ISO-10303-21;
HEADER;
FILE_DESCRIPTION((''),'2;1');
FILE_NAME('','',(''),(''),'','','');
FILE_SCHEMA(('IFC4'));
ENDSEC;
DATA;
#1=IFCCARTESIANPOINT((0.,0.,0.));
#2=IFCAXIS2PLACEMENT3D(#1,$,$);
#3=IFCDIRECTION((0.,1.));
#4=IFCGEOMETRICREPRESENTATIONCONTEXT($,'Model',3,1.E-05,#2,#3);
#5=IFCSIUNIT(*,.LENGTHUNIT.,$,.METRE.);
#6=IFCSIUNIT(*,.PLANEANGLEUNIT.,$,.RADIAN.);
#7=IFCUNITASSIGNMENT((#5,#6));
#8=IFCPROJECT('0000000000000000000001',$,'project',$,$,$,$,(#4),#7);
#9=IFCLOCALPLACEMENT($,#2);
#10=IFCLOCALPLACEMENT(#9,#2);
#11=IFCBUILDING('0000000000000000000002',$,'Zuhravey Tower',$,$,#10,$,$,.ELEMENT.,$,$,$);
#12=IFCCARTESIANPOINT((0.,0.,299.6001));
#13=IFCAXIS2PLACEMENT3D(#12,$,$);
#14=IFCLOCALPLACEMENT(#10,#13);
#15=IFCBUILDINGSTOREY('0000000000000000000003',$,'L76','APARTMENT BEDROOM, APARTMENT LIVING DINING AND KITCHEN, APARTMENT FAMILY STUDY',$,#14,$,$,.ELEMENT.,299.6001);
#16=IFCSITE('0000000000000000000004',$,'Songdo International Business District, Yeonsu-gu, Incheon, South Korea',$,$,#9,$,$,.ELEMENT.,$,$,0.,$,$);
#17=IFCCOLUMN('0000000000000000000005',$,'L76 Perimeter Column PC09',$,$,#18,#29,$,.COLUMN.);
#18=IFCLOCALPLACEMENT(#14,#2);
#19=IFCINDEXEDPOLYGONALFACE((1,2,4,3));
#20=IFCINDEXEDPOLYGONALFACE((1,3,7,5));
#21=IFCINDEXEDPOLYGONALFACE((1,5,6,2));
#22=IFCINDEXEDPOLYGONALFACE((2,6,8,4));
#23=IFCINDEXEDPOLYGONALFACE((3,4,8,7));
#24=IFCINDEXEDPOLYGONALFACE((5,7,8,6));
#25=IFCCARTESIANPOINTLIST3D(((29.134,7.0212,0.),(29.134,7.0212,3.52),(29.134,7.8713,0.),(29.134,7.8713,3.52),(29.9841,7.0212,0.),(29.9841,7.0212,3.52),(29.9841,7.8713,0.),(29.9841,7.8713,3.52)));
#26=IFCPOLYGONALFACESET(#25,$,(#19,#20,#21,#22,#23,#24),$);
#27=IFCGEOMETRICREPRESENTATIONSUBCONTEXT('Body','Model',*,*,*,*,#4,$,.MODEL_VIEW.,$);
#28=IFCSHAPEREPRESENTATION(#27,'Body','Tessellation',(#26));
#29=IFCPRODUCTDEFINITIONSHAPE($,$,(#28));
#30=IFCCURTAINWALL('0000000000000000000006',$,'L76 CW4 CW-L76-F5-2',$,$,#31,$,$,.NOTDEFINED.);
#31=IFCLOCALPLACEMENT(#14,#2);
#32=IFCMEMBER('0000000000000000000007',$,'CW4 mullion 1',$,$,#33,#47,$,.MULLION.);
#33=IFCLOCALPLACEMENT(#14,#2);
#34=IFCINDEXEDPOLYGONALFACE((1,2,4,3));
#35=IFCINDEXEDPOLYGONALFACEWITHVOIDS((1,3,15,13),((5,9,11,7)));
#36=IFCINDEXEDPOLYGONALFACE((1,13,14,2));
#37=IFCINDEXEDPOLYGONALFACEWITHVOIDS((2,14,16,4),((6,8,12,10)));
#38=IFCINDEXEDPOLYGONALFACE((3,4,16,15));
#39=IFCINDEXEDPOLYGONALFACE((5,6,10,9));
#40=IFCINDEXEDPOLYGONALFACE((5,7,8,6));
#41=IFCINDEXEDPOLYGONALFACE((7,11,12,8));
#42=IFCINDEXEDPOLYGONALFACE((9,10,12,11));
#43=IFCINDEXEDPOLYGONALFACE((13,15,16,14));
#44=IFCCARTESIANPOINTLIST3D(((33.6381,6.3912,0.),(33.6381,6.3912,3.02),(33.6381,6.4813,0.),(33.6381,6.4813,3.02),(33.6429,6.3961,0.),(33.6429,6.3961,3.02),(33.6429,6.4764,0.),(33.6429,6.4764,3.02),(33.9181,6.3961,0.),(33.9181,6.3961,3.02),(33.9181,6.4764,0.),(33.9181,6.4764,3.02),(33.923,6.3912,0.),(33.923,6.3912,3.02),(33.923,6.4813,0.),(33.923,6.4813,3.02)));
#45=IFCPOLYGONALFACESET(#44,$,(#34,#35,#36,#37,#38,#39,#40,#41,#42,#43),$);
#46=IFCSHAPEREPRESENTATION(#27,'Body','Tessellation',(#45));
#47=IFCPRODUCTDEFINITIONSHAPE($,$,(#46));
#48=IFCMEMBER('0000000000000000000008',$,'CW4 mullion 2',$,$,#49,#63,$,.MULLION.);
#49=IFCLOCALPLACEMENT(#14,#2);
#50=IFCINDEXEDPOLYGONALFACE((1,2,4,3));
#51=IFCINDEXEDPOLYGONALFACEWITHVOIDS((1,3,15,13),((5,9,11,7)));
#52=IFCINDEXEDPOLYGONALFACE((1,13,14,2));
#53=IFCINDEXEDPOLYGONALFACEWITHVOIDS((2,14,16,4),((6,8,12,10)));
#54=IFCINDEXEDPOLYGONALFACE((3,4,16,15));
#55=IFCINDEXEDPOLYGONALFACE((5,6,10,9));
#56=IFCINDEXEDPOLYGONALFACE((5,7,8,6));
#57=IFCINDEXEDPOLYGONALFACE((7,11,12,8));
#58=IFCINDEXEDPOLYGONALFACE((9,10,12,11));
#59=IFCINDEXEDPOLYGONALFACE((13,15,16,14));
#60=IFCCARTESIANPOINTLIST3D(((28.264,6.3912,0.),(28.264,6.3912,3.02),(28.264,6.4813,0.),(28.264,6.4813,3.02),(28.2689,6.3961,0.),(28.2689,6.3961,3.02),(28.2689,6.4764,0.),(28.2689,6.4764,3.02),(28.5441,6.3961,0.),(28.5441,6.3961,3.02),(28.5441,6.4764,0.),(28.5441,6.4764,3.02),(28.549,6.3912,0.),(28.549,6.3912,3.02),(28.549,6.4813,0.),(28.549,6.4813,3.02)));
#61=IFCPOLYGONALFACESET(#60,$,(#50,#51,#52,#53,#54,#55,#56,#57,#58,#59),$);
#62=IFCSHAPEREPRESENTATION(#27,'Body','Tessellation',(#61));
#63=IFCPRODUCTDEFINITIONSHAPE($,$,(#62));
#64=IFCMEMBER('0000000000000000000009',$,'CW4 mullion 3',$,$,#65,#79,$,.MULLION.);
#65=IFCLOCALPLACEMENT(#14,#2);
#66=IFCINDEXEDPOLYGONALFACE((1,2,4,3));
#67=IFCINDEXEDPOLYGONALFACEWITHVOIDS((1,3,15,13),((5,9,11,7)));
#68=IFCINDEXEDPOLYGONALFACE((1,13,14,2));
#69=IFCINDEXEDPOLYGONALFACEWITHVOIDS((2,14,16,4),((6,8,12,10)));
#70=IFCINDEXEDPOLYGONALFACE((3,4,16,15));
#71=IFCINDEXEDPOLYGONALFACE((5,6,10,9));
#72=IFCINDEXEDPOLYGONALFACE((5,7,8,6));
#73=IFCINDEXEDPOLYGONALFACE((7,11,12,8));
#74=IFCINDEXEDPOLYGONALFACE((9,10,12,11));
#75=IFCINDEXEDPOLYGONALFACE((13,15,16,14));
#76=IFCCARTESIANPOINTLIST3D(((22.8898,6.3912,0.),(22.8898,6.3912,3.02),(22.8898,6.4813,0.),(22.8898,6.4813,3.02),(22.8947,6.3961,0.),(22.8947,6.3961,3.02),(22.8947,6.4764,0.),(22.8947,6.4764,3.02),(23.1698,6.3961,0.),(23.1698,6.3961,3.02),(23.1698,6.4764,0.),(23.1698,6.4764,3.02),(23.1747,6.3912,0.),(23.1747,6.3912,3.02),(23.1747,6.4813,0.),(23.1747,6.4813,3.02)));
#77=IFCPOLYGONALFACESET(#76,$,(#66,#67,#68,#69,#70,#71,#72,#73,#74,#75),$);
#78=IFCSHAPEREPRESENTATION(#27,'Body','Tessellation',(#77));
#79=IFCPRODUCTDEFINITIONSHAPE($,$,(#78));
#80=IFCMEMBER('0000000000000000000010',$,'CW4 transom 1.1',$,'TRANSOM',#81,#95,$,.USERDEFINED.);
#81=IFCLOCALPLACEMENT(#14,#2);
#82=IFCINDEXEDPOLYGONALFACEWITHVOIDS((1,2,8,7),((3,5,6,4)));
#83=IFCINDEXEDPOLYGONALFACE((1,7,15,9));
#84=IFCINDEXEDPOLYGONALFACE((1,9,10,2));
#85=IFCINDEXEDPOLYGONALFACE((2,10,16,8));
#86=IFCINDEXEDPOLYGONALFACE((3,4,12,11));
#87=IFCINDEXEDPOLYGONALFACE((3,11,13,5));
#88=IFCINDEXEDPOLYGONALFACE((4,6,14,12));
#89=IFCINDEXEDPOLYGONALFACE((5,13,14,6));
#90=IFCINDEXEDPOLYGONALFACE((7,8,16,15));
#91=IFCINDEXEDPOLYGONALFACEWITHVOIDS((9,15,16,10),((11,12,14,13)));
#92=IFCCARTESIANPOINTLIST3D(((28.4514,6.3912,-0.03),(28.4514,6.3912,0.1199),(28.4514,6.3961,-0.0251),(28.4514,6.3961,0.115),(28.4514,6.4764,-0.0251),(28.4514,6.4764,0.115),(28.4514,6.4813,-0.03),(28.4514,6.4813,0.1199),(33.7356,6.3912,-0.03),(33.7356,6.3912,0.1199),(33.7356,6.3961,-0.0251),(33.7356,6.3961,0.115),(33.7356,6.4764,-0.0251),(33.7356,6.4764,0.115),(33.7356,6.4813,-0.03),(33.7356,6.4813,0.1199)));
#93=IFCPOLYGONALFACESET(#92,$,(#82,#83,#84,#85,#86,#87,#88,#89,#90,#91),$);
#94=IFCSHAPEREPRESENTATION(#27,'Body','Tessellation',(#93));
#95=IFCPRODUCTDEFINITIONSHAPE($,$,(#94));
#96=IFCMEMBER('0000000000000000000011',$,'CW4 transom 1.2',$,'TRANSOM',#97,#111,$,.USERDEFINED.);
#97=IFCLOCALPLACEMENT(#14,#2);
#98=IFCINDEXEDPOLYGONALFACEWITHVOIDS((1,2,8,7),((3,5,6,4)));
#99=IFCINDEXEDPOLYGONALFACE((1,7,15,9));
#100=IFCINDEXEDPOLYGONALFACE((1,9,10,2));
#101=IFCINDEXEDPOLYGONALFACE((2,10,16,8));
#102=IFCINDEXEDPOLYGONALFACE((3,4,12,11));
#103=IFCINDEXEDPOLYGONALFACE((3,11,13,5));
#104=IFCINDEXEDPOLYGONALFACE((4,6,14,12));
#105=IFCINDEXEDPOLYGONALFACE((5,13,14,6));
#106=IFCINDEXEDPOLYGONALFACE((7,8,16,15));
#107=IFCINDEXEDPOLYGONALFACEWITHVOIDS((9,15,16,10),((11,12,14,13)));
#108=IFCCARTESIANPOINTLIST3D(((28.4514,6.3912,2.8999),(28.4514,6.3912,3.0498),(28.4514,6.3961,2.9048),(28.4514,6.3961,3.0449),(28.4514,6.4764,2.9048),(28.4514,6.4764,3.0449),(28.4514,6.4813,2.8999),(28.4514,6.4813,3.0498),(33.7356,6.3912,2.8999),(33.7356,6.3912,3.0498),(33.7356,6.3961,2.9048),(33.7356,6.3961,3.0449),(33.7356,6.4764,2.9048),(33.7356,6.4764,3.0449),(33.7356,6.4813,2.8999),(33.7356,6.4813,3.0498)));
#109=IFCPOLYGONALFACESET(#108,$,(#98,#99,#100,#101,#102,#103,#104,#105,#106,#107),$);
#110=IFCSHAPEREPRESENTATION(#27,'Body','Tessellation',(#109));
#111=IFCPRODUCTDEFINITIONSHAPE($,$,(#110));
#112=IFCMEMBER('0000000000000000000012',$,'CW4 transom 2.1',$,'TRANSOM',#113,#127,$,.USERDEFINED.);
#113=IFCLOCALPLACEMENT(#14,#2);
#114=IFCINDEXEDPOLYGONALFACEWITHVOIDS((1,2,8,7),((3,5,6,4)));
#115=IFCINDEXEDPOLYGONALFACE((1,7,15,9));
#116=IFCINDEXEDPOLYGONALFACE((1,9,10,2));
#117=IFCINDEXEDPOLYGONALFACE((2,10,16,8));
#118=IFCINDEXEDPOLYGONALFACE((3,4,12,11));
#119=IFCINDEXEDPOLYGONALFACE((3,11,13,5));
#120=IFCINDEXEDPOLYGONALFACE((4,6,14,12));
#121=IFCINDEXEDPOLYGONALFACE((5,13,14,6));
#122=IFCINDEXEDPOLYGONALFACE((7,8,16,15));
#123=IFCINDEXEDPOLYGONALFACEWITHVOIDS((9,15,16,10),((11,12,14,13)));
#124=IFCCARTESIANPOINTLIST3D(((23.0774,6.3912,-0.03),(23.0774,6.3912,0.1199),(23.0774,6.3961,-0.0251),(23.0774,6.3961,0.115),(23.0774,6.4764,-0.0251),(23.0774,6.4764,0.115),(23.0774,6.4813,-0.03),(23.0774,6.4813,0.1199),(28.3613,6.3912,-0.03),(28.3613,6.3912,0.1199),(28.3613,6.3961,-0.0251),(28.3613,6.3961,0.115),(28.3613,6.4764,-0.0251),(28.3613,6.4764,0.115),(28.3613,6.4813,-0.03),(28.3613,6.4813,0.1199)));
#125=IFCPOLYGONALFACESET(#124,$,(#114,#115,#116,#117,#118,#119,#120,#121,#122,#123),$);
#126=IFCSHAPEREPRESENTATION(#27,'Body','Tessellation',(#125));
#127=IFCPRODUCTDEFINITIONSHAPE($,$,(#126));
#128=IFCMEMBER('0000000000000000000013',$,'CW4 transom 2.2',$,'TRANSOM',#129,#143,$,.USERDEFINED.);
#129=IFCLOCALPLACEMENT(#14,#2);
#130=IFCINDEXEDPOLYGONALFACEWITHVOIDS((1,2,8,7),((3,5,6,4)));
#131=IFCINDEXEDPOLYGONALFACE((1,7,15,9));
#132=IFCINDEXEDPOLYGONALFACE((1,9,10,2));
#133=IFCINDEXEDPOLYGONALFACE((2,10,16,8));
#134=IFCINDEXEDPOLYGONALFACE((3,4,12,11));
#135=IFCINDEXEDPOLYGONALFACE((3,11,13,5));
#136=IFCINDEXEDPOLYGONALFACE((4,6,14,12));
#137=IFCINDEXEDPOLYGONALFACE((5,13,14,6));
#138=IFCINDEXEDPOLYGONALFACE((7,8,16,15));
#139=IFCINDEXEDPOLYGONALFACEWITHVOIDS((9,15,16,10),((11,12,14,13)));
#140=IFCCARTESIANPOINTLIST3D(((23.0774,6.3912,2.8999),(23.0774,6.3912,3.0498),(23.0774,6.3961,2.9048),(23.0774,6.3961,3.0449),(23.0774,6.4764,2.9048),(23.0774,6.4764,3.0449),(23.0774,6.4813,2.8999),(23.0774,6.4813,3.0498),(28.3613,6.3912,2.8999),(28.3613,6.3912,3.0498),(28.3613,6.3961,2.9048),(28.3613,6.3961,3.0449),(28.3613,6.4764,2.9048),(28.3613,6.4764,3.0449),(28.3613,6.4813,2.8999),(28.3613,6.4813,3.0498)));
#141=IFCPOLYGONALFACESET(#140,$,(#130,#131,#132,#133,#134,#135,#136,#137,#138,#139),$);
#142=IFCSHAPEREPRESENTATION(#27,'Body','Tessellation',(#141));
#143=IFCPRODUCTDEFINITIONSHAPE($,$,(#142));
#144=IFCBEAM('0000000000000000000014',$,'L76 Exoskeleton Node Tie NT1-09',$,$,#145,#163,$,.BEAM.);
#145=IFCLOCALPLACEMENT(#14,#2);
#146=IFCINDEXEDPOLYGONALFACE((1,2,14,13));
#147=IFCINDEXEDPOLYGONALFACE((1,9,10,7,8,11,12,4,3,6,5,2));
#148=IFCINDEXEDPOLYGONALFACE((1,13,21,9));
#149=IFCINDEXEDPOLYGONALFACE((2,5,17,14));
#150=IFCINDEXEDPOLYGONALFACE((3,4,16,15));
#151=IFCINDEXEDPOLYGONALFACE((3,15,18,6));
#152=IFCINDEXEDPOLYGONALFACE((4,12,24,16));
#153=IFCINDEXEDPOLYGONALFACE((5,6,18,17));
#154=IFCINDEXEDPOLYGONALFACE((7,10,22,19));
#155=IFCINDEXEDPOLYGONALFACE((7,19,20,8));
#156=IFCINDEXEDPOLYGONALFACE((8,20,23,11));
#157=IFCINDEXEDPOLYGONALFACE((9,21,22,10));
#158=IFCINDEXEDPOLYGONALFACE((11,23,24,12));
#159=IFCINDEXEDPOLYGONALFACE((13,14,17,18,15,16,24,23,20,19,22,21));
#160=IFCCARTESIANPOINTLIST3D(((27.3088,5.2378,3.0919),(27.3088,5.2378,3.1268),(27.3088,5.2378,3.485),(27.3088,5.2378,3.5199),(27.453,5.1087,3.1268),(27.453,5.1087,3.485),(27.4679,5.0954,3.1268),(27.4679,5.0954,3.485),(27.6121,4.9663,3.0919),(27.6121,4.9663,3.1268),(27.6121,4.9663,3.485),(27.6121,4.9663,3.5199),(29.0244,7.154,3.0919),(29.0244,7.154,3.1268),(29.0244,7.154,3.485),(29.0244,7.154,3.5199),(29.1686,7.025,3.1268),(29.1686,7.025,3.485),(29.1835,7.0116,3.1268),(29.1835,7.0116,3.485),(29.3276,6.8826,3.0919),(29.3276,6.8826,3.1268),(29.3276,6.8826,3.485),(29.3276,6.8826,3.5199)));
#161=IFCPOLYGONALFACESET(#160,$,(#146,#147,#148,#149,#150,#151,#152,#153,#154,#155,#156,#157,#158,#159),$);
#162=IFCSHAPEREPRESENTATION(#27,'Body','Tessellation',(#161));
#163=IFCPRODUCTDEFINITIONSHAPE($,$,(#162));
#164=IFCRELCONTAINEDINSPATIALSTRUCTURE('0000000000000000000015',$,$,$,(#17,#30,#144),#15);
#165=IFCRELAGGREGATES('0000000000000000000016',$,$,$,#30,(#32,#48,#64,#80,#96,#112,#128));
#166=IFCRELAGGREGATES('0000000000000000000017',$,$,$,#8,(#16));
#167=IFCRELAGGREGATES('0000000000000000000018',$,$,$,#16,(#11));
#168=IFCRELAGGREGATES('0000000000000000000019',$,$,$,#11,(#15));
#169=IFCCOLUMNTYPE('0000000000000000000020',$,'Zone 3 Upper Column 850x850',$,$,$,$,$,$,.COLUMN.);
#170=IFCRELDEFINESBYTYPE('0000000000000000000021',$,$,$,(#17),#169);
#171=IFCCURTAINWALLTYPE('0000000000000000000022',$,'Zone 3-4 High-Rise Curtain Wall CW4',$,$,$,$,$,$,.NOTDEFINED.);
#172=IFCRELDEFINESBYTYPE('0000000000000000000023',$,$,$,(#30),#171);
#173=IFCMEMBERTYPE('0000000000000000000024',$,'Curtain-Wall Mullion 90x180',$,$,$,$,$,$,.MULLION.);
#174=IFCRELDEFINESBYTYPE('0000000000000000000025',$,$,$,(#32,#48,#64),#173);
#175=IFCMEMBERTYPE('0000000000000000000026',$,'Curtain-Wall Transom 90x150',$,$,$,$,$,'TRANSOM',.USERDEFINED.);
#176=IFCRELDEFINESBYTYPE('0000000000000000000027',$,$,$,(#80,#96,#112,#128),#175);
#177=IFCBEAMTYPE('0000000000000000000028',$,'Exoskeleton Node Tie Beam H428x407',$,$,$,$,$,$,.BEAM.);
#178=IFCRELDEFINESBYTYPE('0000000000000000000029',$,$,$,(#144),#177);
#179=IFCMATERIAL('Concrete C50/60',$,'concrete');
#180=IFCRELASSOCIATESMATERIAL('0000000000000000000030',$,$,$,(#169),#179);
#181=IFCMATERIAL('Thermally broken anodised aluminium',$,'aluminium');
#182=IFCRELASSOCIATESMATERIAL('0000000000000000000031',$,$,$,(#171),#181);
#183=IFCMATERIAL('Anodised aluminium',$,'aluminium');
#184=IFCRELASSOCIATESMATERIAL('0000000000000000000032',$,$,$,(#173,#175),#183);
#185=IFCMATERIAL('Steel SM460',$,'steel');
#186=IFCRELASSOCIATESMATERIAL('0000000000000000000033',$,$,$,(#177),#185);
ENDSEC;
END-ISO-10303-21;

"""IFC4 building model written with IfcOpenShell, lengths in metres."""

from ifc_helpers import new_model, si_unit, direction, frame, origin, origin_2d, place, context, subcontext, project, spatial, rectangle, hollow_rectangle, i_section, extrude, material, material_profile, profile_set, type_object, element, aggregate, save


model = new_model("IFC4")

# Units and contexts
model_context = context("Model", 3, precision=1e-05, world=origin(), true_north=direction((0.0, 1.0)))
body_context = subcontext(model_context, "Body", "Model", "MODEL_VIEW")
ifc_project = project(units=[si_unit("LENGTHUNIT", "METRE"), si_unit("PLANEANGLEUNIT", "RADIAN")], contexts=[model_context])

# Site, building, storey
site_placement = place(None, origin())
site = spatial("IfcSite", under=ifc_project, at=site_placement, Name="Songdo International Business District, Yeonsu-gu, Incheon, South Korea", CompositionType="ELEMENT", RefElevation=0.0)
building_placement = place(site_placement, origin())
building = spatial("IfcBuilding", under=site, at=building_placement, Name="Zuhravey Tower", CompositionType="ELEMENT")
storey_placement = place(building_placement, frame((0.0, 0.0, 299.6001)))
storey = spatial("IfcBuildingStorey", under=building, at=storey_placement, Name="L76", Description="APARTMENT BEDROOM, APARTMENT LIVING DINING AND KITCHEN, APARTMENT FAMILY STUDY", CompositionType="ELEMENT", Elevation=299.6001)

# Column
ifc_material_1 = material(Name="Concrete C50/60", Category="concrete")
ifc_material_profile_1 = material_profile(ifc_material_1, rectangle(XDim=0.8501, YDim=0.8501, at=origin_2d()), Name="RC-850x850")
ifc_profile_set_1 = profile_set([ifc_material_profile_1], Name="Concrete C50/60")
column_type = type_object("IfcColumnType", Name="Zone 3 Upper Column 850x850", PredefinedType="COLUMN", material=ifc_profile_set_1)
column_placement = place(storey_placement, frame((29.5591, 7.4463, 0.0), z_axis=(0.0, 0.0, 1.0), x_axis=(1.0, 0.0, 0.0)))
element("IfcColumn", 1, at=column_placement, inside=storey, type_object=column_type, Name="L76 Perimeter Column PC09", PredefinedType="COLUMN", context=body_context, shape_type="SweptSolid", body=[
    extrude(rectangle(XDim=0.8501, YDim=0.8501, at=origin_2d()), origin(), (0.0, 0.0, 1.0), 3.52),
])

# Curtain wall, members
ifc_material_2 = material(Name="Thermally broken anodised aluminium", Category="aluminium")
curtain_wall_type = type_object("IfcCurtainWallType", Name="Zone 3-4 High-Rise Curtain Wall CW4", PredefinedType="NOTDEFINED", material=ifc_material_2)
curtain_wall_placement = place(storey_placement, origin())
curtain_wall = element("IfcCurtainWall", 2, at=curtain_wall_placement, inside=storey, type_object=curtain_wall_type, Name="L76 CW4 CW-L76-F5-2", PredefinedType="NOTDEFINED")
ifc_material_3 = material(Name="Anodised aluminium", Category="aluminium")
ifc_material_profile_2 = material_profile(ifc_material_3, hollow_rectangle(XDim=0.0901, YDim=0.2849, WallThickness=0.0049, at=origin_2d()), Name="ALU-RHS-90x285x5")
ifc_profile_set_2 = profile_set([ifc_material_profile_2], Name="Anodised aluminium")
member_type_1 = type_object("IfcMemberType", Name="Curtain-Wall Mullion 90x180", PredefinedType="MULLION", material=ifc_profile_set_2)
member_1_placement = place(storey_placement, frame((33.7805, 6.4363, 0.0), z_axis=(0.0, 0.0, 1.0), x_axis=(0.0, -1.0, 0.0)))
member_1 = element("IfcMember", 3, at=member_1_placement, type_object=member_type_1, Name="CW4 mullion 1", PredefinedType="MULLION", context=body_context, shape_type="SweptSolid", body=[
    extrude(hollow_rectangle(XDim=0.0901, YDim=0.2849, WallThickness=0.0049, at=origin_2d()), origin(), (0.0, 0.0, 1.0), 3.02),
])
member_2_placement = place(storey_placement, frame((28.4065, 6.4363, 0.0), z_axis=(0.0, 0.0, 1.0), x_axis=(0.0, -1.0, 0.0)))
member_2 = element("IfcMember", 4, at=member_2_placement, type_object=member_type_1, Name="CW4 mullion 2", PredefinedType="MULLION", context=body_context, shape_type="SweptSolid", body=[
    extrude(hollow_rectangle(XDim=0.0901, YDim=0.2849, WallThickness=0.0049, at=origin_2d()), origin(), (0.0, 0.0, 1.0), 3.02),
])
member_3_placement = place(storey_placement, frame((23.0322, 6.4363, 0.0), z_axis=(0.0, 0.0, 1.0), x_axis=(0.0, -1.0, 0.0)))
member_3 = element("IfcMember", 5, at=member_3_placement, type_object=member_type_1, Name="CW4 mullion 3", PredefinedType="MULLION", context=body_context, shape_type="SweptSolid", body=[
    extrude(hollow_rectangle(XDim=0.0901, YDim=0.2849, WallThickness=0.0049, at=origin_2d()), origin(), (0.0, 0.0, 1.0), 3.02),
])
ifc_material_profile_3 = material_profile(ifc_material_3, hollow_rectangle(XDim=0.0901, YDim=0.1499, WallThickness=0.0049, at=origin_2d()), Name="ALU-RHS-90x150x5")
ifc_profile_set_3 = profile_set([ifc_material_profile_3], Name="Anodised aluminium")
member_type_2 = type_object("IfcMemberType", Name="Curtain-Wall Transom 90x150", ElementType="TRANSOM", PredefinedType="USERDEFINED", material=ifc_profile_set_3)
member_4_placement = place(storey_placement, frame((33.7356, 6.4363, 0.0449), z_axis=(-1.0, 0.0, 0.0), x_axis=(0.0, -1.0, 0.0)))
member_4 = element("IfcMember", 6, at=member_4_placement, type_object=member_type_2, Name="CW4 transom 1.1", ObjectType="TRANSOM", PredefinedType="USERDEFINED", context=body_context, shape_type="SweptSolid", body=[
    extrude(hollow_rectangle(XDim=0.0901, YDim=0.1499, WallThickness=0.0049, at=origin_2d()), origin(), (0.0, 0.0, 1.0), 5.2842),
])
member_5_placement = place(storey_placement, frame((33.7356, 6.4363, 2.9749), z_axis=(-1.0, 0.0, 0.0), x_axis=(0.0, -1.0, 0.0)))
member_5 = element("IfcMember", 7, at=member_5_placement, type_object=member_type_2, Name="CW4 transom 1.2", ObjectType="TRANSOM", PredefinedType="USERDEFINED", context=body_context, shape_type="SweptSolid", body=[
    extrude(hollow_rectangle(XDim=0.0901, YDim=0.1499, WallThickness=0.0049, at=origin_2d()), origin(), (0.0, 0.0, 1.0), 5.2842),
])
member_6_placement = place(storey_placement, frame((28.3613, 6.4363, 0.0449), z_axis=(-1.0, 0.0, 0.0), x_axis=(0.0, -1.0, 0.0)))
member_6 = element("IfcMember", 8, at=member_6_placement, type_object=member_type_2, Name="CW4 transom 2.1", ObjectType="TRANSOM", PredefinedType="USERDEFINED", context=body_context, shape_type="SweptSolid", body=[
    extrude(hollow_rectangle(XDim=0.0901, YDim=0.1499, WallThickness=0.0049, at=origin_2d()), origin(), (0.0, 0.0, 1.0), 5.2839),
])
member_7_placement = place(storey_placement, frame((28.3613, 6.4363, 2.9749), z_axis=(-1.0, 0.0, 0.0), x_axis=(0.0, -1.0, 0.0)))
member_7 = element("IfcMember", 9, at=member_7_placement, type_object=member_type_2, Name="CW4 transom 2.2", ObjectType="TRANSOM", PredefinedType="USERDEFINED", context=body_context, shape_type="SweptSolid", body=[
    extrude(hollow_rectangle(XDim=0.0901, YDim=0.1499, WallThickness=0.0049, at=origin_2d()), origin(), (0.0, 0.0, 1.0), 5.2839),
])

# Beam
ifc_material_4 = material(Name="Steel SM460", Category="steel")
ifc_material_profile_4 = material_profile(ifc_material_4, i_section(OverallWidth=0.407, OverallDepth=0.428, WebThickness=0.02, FlangeThickness=0.0349, at=origin_2d()), Name="H-428x407x20x35")
ifc_profile_set_4 = profile_set([ifc_material_profile_4], Name="Steel SM460")
beam_type_1 = type_object("IfcBeamType", Name="Exoskeleton Node Tie Beam H428x407", PredefinedType="BEAM", material=ifc_profile_set_4)
beam_1_placement = place(storey_placement, frame((29.176, 7.0183, 3.3059), z_axis=(-0.667017, -0.745043, 0.0), x_axis=(0.745043, -0.667017, 0.0)))
element("IfcBeam", 10, at=beam_1_placement, inside=storey, type_object=beam_type_1, Name="L76 Exoskeleton Node Tie NT1-09", PredefinedType="BEAM", context=body_context, shape_type="SweptSolid", body=[
    extrude(i_section(OverallWidth=0.407, OverallDepth=0.428, WebThickness=0.02, FlangeThickness=0.0349, at=origin_2d()), origin(), (0.0, 0.0, 1.0), 2.572),
])

aggregate(curtain_wall, [member_1, member_2, member_3, member_4, member_5, member_6, member_7])

save(model, "model.ifc")
